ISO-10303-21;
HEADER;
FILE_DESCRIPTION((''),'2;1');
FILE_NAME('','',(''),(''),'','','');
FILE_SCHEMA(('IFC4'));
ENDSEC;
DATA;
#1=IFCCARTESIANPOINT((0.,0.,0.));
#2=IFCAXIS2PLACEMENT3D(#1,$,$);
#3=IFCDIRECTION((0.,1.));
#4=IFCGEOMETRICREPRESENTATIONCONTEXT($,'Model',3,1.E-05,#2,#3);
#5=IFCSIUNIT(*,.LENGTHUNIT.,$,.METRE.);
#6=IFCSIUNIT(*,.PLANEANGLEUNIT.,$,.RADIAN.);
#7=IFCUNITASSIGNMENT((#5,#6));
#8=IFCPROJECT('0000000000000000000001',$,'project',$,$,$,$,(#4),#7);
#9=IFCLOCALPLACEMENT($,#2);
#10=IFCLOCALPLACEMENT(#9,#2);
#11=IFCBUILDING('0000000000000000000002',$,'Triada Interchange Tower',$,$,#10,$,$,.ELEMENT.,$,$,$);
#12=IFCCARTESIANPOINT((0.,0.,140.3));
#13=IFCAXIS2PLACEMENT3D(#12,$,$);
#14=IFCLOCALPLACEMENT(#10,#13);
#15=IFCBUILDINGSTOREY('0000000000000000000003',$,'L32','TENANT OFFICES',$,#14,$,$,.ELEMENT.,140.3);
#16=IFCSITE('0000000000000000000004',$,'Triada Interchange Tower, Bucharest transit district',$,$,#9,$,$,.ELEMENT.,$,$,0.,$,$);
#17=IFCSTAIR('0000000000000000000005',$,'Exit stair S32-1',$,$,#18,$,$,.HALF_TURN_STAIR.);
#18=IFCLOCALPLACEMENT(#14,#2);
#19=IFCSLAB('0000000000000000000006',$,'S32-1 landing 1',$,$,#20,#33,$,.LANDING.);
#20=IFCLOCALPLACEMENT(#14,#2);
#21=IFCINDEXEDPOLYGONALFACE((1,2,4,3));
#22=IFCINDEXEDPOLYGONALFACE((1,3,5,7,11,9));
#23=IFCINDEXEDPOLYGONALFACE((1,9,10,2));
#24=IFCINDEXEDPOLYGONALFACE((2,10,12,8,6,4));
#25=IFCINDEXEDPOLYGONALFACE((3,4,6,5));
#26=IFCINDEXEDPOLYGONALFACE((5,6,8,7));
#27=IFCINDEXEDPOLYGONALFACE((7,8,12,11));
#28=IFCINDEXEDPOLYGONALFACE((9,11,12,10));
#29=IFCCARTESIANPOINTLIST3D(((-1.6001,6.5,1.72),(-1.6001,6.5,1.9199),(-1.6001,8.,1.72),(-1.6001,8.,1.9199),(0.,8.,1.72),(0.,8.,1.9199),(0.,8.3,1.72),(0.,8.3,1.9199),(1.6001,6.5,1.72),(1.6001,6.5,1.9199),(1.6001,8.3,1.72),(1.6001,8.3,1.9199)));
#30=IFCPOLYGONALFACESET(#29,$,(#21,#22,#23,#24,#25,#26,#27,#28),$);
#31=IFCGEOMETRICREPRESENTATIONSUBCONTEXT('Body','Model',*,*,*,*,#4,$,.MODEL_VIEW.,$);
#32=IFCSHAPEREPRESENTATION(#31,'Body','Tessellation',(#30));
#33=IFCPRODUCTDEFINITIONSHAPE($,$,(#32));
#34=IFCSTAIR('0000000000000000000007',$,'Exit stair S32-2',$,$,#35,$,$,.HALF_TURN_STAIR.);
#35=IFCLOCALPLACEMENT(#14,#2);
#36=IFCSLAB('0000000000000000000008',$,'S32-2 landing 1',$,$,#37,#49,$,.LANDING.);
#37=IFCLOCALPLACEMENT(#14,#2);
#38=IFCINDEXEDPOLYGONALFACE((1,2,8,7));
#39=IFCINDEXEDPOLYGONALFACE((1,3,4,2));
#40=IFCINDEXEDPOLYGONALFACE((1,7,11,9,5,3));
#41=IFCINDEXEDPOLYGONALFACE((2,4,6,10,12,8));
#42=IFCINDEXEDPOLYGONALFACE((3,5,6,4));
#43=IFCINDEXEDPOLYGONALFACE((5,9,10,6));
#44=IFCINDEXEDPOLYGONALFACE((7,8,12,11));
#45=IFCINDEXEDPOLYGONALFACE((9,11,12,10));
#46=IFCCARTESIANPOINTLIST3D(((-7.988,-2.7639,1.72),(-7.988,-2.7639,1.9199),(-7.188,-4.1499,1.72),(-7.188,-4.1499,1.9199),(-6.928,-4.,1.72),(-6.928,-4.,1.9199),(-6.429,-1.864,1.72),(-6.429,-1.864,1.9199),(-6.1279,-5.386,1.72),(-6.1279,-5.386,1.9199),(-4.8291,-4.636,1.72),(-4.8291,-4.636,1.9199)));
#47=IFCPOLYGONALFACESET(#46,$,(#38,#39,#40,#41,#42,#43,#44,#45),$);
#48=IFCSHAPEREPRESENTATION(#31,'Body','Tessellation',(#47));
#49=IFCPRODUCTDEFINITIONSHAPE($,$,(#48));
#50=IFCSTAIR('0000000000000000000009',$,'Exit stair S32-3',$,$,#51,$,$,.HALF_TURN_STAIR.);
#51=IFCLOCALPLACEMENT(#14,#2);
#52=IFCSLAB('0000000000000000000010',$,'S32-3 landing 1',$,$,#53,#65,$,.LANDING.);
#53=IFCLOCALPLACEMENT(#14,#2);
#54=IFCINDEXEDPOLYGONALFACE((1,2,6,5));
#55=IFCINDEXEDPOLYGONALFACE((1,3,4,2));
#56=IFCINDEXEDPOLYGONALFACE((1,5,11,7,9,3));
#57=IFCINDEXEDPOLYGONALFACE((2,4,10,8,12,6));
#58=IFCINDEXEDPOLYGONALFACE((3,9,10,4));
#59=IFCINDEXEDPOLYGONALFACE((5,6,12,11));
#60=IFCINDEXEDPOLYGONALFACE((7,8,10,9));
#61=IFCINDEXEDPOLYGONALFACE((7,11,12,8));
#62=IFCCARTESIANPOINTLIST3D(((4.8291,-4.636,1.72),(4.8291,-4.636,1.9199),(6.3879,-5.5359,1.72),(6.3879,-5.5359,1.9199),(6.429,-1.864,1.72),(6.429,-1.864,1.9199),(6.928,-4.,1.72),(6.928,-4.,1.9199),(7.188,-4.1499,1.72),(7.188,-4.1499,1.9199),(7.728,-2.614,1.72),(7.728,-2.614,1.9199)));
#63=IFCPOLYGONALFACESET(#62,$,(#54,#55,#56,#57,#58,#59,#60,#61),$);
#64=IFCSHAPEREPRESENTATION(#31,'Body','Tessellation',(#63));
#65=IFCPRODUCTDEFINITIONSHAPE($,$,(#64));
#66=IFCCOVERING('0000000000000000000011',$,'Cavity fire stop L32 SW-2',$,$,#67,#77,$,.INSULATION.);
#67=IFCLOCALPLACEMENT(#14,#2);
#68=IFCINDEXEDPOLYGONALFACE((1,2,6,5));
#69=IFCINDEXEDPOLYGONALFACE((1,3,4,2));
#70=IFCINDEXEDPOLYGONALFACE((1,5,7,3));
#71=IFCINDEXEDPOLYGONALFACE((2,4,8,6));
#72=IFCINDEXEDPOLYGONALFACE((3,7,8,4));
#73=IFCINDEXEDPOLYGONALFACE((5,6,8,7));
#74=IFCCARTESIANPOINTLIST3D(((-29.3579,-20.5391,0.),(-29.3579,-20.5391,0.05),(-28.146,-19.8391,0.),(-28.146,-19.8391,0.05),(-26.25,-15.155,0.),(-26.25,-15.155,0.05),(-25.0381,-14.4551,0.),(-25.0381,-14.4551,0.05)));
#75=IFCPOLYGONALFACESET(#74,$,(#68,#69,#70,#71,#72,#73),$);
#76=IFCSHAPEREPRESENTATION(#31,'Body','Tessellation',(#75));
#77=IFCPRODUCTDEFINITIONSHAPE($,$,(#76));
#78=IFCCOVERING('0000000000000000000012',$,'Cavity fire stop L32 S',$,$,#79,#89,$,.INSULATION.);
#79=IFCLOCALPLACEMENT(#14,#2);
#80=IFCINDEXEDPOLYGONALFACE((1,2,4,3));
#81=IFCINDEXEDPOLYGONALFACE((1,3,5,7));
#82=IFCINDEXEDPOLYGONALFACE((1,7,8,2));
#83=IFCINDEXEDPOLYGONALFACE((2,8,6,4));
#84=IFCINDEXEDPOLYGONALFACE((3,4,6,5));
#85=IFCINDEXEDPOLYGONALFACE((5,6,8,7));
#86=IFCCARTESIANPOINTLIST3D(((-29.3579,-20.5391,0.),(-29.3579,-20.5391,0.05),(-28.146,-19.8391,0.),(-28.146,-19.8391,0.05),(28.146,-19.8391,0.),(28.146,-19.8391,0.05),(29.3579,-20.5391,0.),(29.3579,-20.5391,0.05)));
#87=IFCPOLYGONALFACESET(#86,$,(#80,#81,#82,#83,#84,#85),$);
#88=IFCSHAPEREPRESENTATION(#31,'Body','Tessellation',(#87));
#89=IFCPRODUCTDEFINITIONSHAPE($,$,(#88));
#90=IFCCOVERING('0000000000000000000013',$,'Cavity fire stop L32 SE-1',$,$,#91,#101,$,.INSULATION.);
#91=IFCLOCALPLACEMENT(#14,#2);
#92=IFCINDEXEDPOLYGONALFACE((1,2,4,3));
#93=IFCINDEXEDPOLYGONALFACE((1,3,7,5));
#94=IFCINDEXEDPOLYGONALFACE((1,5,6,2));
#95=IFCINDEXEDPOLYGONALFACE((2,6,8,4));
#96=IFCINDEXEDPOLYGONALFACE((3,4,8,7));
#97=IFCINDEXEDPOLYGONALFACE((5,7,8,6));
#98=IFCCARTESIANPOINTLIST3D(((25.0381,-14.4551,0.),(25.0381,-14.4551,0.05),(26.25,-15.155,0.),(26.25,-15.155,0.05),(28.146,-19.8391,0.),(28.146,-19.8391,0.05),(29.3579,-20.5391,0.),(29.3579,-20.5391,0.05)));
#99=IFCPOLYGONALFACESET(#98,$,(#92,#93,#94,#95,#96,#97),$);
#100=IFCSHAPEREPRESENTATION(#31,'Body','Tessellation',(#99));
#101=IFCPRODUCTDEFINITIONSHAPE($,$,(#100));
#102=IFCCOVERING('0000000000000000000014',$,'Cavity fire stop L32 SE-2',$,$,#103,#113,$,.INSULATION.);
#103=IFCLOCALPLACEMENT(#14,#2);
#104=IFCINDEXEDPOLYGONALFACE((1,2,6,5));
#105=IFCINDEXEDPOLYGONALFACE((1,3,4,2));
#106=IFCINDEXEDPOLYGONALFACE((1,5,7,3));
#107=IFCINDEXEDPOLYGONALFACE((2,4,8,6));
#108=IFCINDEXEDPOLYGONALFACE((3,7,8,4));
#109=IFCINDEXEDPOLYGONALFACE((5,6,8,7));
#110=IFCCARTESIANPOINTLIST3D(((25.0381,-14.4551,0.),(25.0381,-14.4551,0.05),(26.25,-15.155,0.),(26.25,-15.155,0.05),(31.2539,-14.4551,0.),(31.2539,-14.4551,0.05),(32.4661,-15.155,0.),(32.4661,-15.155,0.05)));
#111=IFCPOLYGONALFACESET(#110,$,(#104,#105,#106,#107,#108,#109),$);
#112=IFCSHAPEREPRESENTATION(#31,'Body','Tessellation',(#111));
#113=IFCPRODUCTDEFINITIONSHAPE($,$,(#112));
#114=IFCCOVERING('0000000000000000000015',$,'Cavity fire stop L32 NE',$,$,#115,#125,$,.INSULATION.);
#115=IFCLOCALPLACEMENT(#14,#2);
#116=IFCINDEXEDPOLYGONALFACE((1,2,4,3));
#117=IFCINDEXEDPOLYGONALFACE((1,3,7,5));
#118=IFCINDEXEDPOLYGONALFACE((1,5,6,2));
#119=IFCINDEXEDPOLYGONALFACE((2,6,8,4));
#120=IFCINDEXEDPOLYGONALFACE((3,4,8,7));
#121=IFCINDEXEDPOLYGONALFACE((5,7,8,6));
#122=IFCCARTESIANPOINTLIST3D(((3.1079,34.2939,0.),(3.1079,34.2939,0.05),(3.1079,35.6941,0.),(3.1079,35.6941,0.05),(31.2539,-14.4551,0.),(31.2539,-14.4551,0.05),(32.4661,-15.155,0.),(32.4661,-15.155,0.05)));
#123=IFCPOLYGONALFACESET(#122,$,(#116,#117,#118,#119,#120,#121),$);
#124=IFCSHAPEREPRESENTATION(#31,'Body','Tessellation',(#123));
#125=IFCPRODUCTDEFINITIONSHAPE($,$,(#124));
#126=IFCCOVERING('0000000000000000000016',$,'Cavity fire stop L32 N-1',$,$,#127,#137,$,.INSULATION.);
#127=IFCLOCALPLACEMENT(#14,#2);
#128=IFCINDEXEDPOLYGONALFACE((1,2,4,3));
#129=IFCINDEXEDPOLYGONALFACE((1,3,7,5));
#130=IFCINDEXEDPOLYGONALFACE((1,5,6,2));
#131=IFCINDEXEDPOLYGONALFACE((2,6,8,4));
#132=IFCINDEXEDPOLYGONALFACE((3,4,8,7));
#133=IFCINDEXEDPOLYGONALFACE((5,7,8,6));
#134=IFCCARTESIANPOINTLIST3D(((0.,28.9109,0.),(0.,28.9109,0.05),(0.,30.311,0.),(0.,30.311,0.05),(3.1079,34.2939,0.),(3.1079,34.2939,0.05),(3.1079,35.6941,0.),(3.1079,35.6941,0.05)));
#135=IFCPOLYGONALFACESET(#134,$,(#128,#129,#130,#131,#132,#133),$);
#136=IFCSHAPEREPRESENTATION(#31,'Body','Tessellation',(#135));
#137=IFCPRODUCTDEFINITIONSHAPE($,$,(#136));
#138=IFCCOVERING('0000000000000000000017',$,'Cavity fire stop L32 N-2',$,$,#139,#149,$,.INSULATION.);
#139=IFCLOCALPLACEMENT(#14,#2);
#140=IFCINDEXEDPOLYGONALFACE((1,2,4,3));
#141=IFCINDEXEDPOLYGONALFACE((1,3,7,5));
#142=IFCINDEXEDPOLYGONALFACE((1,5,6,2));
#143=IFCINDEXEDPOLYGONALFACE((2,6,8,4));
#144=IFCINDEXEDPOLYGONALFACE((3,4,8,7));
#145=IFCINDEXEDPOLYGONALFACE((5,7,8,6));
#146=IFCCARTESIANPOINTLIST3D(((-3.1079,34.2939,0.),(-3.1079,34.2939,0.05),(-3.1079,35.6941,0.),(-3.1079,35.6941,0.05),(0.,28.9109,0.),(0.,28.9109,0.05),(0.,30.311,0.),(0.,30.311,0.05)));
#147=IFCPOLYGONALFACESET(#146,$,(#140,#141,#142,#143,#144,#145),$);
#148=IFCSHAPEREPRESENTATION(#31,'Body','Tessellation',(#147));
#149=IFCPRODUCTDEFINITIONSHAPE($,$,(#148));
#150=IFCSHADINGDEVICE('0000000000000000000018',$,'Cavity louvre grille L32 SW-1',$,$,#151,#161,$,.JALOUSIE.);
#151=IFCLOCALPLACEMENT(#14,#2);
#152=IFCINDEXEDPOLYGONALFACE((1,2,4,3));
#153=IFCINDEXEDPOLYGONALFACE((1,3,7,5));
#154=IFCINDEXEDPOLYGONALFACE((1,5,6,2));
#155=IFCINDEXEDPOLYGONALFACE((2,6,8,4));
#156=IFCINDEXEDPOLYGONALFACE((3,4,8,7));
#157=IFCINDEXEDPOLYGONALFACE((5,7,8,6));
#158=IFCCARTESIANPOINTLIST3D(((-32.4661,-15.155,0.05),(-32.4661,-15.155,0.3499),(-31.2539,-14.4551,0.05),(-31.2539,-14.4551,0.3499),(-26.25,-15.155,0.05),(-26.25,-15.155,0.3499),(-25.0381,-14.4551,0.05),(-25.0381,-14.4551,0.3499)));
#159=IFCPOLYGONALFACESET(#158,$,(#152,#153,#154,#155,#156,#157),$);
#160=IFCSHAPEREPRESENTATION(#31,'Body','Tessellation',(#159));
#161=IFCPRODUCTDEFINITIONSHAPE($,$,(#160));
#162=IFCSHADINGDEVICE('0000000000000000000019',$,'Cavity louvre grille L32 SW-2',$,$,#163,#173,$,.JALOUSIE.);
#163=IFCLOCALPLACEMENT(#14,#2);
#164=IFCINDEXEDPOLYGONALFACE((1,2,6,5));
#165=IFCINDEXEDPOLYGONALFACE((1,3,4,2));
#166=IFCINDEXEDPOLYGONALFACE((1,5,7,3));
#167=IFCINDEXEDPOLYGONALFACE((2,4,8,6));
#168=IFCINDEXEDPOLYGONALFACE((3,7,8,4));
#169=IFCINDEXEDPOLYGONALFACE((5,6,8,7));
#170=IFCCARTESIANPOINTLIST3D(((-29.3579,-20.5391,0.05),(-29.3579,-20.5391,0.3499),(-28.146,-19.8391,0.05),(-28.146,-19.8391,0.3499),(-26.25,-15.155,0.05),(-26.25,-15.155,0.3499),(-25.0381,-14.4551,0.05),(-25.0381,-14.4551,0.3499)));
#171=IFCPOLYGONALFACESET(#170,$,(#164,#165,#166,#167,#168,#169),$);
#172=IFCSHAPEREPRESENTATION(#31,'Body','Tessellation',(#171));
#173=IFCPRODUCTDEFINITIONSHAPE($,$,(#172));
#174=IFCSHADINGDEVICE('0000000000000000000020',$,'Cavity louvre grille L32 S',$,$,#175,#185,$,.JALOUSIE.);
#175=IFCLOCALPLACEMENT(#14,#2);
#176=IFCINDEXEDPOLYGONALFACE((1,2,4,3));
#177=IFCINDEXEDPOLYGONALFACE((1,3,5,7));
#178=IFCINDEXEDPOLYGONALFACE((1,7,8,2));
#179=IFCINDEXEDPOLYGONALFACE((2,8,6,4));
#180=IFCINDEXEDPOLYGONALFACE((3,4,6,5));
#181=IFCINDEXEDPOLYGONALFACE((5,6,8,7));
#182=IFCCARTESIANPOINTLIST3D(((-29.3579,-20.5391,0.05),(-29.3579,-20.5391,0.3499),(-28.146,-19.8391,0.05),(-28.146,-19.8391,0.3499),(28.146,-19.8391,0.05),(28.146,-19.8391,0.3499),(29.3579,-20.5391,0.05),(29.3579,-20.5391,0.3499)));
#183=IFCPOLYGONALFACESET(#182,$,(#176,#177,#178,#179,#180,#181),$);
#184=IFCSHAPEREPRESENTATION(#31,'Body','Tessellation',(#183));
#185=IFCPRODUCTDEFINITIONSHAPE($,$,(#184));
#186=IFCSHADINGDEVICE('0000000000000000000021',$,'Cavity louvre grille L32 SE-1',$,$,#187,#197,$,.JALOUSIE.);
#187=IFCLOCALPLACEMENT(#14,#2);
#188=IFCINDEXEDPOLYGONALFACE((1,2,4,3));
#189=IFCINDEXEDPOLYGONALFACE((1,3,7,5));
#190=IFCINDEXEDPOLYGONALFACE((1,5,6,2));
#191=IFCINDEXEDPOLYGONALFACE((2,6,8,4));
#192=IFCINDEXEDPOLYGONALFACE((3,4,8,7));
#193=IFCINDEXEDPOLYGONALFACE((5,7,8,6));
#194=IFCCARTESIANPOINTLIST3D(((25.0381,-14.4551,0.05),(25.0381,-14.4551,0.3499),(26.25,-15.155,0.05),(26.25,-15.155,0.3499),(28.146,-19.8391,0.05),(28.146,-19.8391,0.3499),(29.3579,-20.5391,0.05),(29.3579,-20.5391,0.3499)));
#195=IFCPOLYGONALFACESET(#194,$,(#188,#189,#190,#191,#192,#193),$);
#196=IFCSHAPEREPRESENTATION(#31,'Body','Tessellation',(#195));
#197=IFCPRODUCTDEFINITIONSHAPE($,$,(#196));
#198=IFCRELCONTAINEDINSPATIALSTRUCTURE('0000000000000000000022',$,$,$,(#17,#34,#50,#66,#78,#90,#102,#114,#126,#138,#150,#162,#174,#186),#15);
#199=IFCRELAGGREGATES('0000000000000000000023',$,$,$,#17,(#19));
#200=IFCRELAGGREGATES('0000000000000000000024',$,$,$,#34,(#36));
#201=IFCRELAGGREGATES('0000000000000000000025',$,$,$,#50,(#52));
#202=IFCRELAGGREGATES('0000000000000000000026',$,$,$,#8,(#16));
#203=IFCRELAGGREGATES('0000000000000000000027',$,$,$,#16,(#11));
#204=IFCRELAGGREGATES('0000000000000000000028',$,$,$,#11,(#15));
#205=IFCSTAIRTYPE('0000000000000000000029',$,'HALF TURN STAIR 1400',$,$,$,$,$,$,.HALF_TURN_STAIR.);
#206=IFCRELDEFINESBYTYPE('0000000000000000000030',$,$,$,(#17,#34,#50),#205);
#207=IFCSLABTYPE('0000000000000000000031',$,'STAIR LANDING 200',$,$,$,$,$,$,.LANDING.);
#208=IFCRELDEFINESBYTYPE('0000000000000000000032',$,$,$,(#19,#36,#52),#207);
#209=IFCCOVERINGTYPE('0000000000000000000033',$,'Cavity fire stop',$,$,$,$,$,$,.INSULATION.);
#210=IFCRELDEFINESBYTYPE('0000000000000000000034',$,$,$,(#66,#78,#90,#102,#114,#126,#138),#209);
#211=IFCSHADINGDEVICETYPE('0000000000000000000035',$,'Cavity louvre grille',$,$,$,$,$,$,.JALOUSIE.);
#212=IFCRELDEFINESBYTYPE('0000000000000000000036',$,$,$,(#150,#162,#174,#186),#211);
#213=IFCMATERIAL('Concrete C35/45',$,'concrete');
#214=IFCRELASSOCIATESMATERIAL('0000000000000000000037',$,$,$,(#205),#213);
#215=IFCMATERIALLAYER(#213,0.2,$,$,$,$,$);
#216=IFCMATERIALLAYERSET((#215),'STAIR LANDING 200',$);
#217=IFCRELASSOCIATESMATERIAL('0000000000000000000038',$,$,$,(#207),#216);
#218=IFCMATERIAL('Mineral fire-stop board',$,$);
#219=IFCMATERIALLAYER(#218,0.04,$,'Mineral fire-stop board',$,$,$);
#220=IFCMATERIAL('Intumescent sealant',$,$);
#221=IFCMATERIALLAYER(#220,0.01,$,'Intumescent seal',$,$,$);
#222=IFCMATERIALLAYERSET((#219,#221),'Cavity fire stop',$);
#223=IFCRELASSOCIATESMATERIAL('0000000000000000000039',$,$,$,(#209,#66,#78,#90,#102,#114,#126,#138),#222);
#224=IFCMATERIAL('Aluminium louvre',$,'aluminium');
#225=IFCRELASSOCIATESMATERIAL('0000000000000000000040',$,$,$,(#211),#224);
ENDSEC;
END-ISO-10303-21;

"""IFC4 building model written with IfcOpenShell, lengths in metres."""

from ifc_helpers import new_model, si_unit, direction, frame, origin, place, context, subcontext, project, spatial, polyline, outline, extrude, material, layer, layer_set, layer_usage, type_object, element, aggregate, save


model = new_model("IFC4")

# Units and contexts
model_context = context("Model", 3, precision=1e-05, world=origin(), true_north=direction((0.0, 1.0)))
body_context = subcontext(model_context, "Body", "Model", "MODEL_VIEW")
ifc_project = project(units=[si_unit("LENGTHUNIT", "METRE"), si_unit("PLANEANGLEUNIT", "RADIAN")], contexts=[model_context])

# Site, building, storey
site_placement = place(None, origin())
site = spatial("IfcSite", under=ifc_project, at=site_placement, Name="Triada Interchange Tower, Bucharest transit district", CompositionType="ELEMENT", RefElevation=0.0)
building_placement = place(site_placement, origin())
building = spatial("IfcBuilding", under=site, at=building_placement, Name="Triada Interchange Tower", CompositionType="ELEMENT")
storey_placement = place(building_placement, frame((0.0, 0.0, 140.3)))
storey = spatial("IfcBuildingStorey", under=building, at=storey_placement, Name="L32", Description="TENANT OFFICES", CompositionType="ELEMENT", Elevation=140.3)

# Stairs, slabs
ifc_material_1 = material(Name="Concrete C35/45", Category="concrete")
stair_type = type_object("IfcStairType", Name="HALF TURN STAIR 1400", PredefinedType="HALF_TURN_STAIR", material=ifc_material_1)
stair_1_placement = place(storey_placement, origin())
stair_1 = element("IfcStair", 1, at=stair_1_placement, inside=storey, type_object=stair_type, Name="Exit stair S32-1", PredefinedType="HALF_TURN_STAIR")
ifc_layer_1 = layer(ifc_material_1, 0.2)
ifc_layer_set_1 = layer_set([ifc_layer_1], Name="STAIR LANDING 200")
slab_type = type_object("IfcSlabType", Name="STAIR LANDING 200", PredefinedType="LANDING", material=ifc_layer_set_1)
slab_1_placement = place(storey_placement, frame((0.0, 0.0, 1.72)))
slab_1 = element("IfcSlab", 2, at=slab_1_placement, type_object=slab_type, Name="S32-1 landing 1", PredefinedType="LANDING", context=body_context, shape_type="SweptSolid", body=[
    extrude(outline(polyline([(1.6001, 6.5), (1.6001, 8.3), (0.0, 8.3), (0.0, 8.0), (-1.6001, 8.0), (-1.6001, 6.5), (1.6001, 6.5)])), origin(), (0.0, 0.0, 1.0), 0.2),
])
aggregate(stair_1, [slab_1])
stair_2_placement = place(storey_placement, origin())
stair_2 = element("IfcStair", 3, at=stair_2_placement, inside=storey, type_object=stair_type, Name="Exit stair S32-2", PredefinedType="HALF_TURN_STAIR")
slab_2_placement = place(storey_placement, frame((0.0, 0.0, 1.72)))
slab_2 = element("IfcSlab", 4, at=slab_2_placement, type_object=slab_type, Name="S32-2 landing 1", PredefinedType="LANDING", context=body_context, shape_type="SweptSolid", body=[
    extrude(outline(polyline([(-6.429, -1.864), (-7.988, -2.7639), (-7.188, -4.1499), (-6.928, -4.0), (-6.1279, -5.386), (-4.8291, -4.636), (-6.429, -1.864)])), origin(), (0.0, 0.0, 1.0), 0.2),
])
aggregate(stair_2, [slab_2])
stair_3_placement = place(storey_placement, origin())
stair_3 = element("IfcStair", 5, at=stair_3_placement, inside=storey, type_object=stair_type, Name="Exit stair S32-3", PredefinedType="HALF_TURN_STAIR")
slab_3_placement = place(storey_placement, frame((0.0, 0.0, 1.72)))
slab_3 = element("IfcSlab", 6, at=slab_3_placement, type_object=slab_type, Name="S32-3 landing 1", PredefinedType="LANDING", context=body_context, shape_type="SweptSolid", body=[
    extrude(outline(polyline([(4.8291, -4.636), (6.3879, -5.5359), (7.188, -4.1499), (6.928, -4.0), (7.728, -2.614), (6.429, -1.864), (4.8291, -4.636)])), origin(), (0.0, 0.0, 1.0), 0.2),
])
aggregate(stair_3, [slab_3])

# Coverings
ifc_material_2 = material(Name="Mineral fire-stop board")
ifc_layer_2 = layer(ifc_material_2, 0.04, Name="Mineral fire-stop board")
ifc_material_3 = material(Name="Intumescent sealant")
ifc_layer_3 = layer(ifc_material_3, 0.01, Name="Intumescent seal")
ifc_layer_set_2 = layer_set([ifc_layer_2, ifc_layer_3], Name="Cavity fire stop")
ifc_layer_usage = layer_usage(ifc_layer_set_2, "AXIS3", "POSITIVE", 0.0)
covering_type = type_object("IfcCoveringType", Name="Cavity fire stop", PredefinedType="INSULATION", material=ifc_layer_set_2)
covering_1_placement = place(storey_placement, origin())
element("IfcCovering", 7, at=covering_1_placement, inside=storey, type_object=covering_type, material=ifc_layer_usage, Name="Cavity fire stop L32 SW-2", PredefinedType="INSULATION", context=body_context, shape_type="SweptSolid", body=[
    extrude(outline(polyline([(-25.0381, -14.4551), (-26.25, -15.155), (-29.3579, -20.5391), (-28.146, -19.8391), (-25.0381, -14.4551)])), origin(), (0.0, 0.0, 1.0), 0.05),
])
covering_2_placement = place(storey_placement, origin())
element("IfcCovering", 8, at=covering_2_placement, inside=storey, type_object=covering_type, material=ifc_layer_usage, Name="Cavity fire stop L32 S", PredefinedType="INSULATION", context=body_context, shape_type="SweptSolid", body=[
    extrude(outline(polyline([(-28.146, -19.8391), (-29.3579, -20.5391), (29.3579, -20.5391), (28.146, -19.8391), (-28.146, -19.8391)])), origin(), (0.0, 0.0, 1.0), 0.05),
])
covering_3_placement = place(storey_placement, origin())
element("IfcCovering", 9, at=covering_3_placement, inside=storey, type_object=covering_type, material=ifc_layer_usage, Name="Cavity fire stop L32 SE-1", PredefinedType="INSULATION", context=body_context, shape_type="SweptSolid", body=[
    extrude(outline(polyline([(28.146, -19.8391), (29.3579, -20.5391), (26.25, -15.155), (25.0381, -14.4551), (28.146, -19.8391)])), origin(), (0.0, 0.0, 1.0), 0.05),
])
covering_4_placement = place(storey_placement, origin())
element("IfcCovering", 10, at=covering_4_placement, inside=storey, type_object=covering_type, material=ifc_layer_usage, Name="Cavity fire stop L32 SE-2", PredefinedType="INSULATION", context=body_context, shape_type="SweptSolid", body=[
    extrude(outline(polyline([(25.0381, -14.4551), (26.25, -15.155), (32.4661, -15.155), (31.2539, -14.4551), (25.0381, -14.4551)])), origin(), (0.0, 0.0, 1.0), 0.05),
])
covering_5_placement = place(storey_placement, origin())
element("IfcCovering", 11, at=covering_5_placement, inside=storey, type_object=covering_type, material=ifc_layer_usage, Name="Cavity fire stop L32 NE", PredefinedType="INSULATION", context=body_context, shape_type="SweptSolid", body=[
    extrude(outline(polyline([(31.2539, -14.4551), (32.4661, -15.155), (3.1079, 35.6941), (3.1079, 34.2939), (31.2539, -14.4551)])), origin(), (0.0, 0.0, 1.0), 0.05),
])
covering_6_placement = place(storey_placement, origin())
element("IfcCovering", 12, at=covering_6_placement, inside=storey, type_object=covering_type, material=ifc_layer_usage, Name="Cavity fire stop L32 N-1", PredefinedType="INSULATION", context=body_context, shape_type="SweptSolid", body=[
    extrude(outline(polyline([(3.1079, 34.2939), (3.1079, 35.6941), (0.0, 30.311), (0.0, 28.9109), (3.1079, 34.2939)])), origin(), (0.0, 0.0, 1.0), 0.05),
])
covering_7_placement = place(storey_placement, origin())
element("IfcCovering", 13, at=covering_7_placement, inside=storey, type_object=covering_type, material=ifc_layer_usage, Name="Cavity fire stop L32 N-2", PredefinedType="INSULATION", context=body_context, shape_type="SweptSolid", body=[
    extrude(outline(polyline([(0.0, 28.9109), (0.0, 30.311), (-3.1079, 35.6941), (-3.1079, 34.2939), (0.0, 28.9109)])), origin(), (0.0, 0.0, 1.0), 0.05),
])

# Shading devices
ifc_material_4 = material(Name="Aluminium louvre", Category="aluminium")
shading_device_type = type_object("IfcShadingDeviceType", Name="Cavity louvre grille", PredefinedType="JALOUSIE", material=ifc_material_4)
shading_device_1_placement = place(storey_placement, frame((0.0, 0.0, 0.05)))
element("IfcShadingDevice", 14, at=shading_device_1_placement, inside=storey, type_object=shading_device_type, Name="Cavity louvre grille L32 SW-1", PredefinedType="JALOUSIE", context=body_context, shape_type="SweptSolid", body=[
    extrude(outline(polyline([(-31.2539, -14.4551), (-32.4661, -15.155), (-26.25, -15.155), (-25.0381, -14.4551), (-31.2539, -14.4551)])), origin(), (0.0, 0.0, 1.0), 0.2998),
])
shading_device_2_placement = place(storey_placement, frame((0.0, 0.0, 0.05)))
element("IfcShadingDevice", 15, at=shading_device_2_placement, inside=storey, type_object=shading_device_type, Name="Cavity louvre grille L32 SW-2", PredefinedType="JALOUSIE", context=body_context, shape_type="SweptSolid", body=[
    extrude(outline(polyline([(-25.0381, -14.4551), (-26.25, -15.155), (-29.3579, -20.5391), (-28.146, -19.8391), (-25.0381, -14.4551)])), origin(), (0.0, 0.0, 1.0), 0.2998),
])
shading_device_3_placement = place(storey_placement, frame((0.0, 0.0, 0.05)))
element("IfcShadingDevice", 16, at=shading_device_3_placement, inside=storey, type_object=shading_device_type, Name="Cavity louvre grille L32 S", PredefinedType="JALOUSIE", context=body_context, shape_type="SweptSolid", body=[
    extrude(outline(polyline([(-28.146, -19.8391), (-29.3579, -20.5391), (29.3579, -20.5391), (28.146, -19.8391), (-28.146, -19.8391)])), origin(), (0.0, 0.0, 1.0), 0.2998),
])
shading_device_4_placement = place(storey_placement, frame((0.0, 0.0, 0.05)))
element("IfcShadingDevice", 17, at=shading_device_4_placement, inside=storey, type_object=shading_device_type, Name="Cavity louvre grille L32 SE-1", PredefinedType="JALOUSIE", context=body_context, shape_type="SweptSolid", body=[
    extrude(outline(polyline([(28.146, -19.8391), (29.3579, -20.5391), (26.25, -15.155), (25.0381, -14.4551), (28.146, -19.8391)])), origin(), (0.0, 0.0, 1.0), 0.2998),
])

save(model, "model.ifc")
